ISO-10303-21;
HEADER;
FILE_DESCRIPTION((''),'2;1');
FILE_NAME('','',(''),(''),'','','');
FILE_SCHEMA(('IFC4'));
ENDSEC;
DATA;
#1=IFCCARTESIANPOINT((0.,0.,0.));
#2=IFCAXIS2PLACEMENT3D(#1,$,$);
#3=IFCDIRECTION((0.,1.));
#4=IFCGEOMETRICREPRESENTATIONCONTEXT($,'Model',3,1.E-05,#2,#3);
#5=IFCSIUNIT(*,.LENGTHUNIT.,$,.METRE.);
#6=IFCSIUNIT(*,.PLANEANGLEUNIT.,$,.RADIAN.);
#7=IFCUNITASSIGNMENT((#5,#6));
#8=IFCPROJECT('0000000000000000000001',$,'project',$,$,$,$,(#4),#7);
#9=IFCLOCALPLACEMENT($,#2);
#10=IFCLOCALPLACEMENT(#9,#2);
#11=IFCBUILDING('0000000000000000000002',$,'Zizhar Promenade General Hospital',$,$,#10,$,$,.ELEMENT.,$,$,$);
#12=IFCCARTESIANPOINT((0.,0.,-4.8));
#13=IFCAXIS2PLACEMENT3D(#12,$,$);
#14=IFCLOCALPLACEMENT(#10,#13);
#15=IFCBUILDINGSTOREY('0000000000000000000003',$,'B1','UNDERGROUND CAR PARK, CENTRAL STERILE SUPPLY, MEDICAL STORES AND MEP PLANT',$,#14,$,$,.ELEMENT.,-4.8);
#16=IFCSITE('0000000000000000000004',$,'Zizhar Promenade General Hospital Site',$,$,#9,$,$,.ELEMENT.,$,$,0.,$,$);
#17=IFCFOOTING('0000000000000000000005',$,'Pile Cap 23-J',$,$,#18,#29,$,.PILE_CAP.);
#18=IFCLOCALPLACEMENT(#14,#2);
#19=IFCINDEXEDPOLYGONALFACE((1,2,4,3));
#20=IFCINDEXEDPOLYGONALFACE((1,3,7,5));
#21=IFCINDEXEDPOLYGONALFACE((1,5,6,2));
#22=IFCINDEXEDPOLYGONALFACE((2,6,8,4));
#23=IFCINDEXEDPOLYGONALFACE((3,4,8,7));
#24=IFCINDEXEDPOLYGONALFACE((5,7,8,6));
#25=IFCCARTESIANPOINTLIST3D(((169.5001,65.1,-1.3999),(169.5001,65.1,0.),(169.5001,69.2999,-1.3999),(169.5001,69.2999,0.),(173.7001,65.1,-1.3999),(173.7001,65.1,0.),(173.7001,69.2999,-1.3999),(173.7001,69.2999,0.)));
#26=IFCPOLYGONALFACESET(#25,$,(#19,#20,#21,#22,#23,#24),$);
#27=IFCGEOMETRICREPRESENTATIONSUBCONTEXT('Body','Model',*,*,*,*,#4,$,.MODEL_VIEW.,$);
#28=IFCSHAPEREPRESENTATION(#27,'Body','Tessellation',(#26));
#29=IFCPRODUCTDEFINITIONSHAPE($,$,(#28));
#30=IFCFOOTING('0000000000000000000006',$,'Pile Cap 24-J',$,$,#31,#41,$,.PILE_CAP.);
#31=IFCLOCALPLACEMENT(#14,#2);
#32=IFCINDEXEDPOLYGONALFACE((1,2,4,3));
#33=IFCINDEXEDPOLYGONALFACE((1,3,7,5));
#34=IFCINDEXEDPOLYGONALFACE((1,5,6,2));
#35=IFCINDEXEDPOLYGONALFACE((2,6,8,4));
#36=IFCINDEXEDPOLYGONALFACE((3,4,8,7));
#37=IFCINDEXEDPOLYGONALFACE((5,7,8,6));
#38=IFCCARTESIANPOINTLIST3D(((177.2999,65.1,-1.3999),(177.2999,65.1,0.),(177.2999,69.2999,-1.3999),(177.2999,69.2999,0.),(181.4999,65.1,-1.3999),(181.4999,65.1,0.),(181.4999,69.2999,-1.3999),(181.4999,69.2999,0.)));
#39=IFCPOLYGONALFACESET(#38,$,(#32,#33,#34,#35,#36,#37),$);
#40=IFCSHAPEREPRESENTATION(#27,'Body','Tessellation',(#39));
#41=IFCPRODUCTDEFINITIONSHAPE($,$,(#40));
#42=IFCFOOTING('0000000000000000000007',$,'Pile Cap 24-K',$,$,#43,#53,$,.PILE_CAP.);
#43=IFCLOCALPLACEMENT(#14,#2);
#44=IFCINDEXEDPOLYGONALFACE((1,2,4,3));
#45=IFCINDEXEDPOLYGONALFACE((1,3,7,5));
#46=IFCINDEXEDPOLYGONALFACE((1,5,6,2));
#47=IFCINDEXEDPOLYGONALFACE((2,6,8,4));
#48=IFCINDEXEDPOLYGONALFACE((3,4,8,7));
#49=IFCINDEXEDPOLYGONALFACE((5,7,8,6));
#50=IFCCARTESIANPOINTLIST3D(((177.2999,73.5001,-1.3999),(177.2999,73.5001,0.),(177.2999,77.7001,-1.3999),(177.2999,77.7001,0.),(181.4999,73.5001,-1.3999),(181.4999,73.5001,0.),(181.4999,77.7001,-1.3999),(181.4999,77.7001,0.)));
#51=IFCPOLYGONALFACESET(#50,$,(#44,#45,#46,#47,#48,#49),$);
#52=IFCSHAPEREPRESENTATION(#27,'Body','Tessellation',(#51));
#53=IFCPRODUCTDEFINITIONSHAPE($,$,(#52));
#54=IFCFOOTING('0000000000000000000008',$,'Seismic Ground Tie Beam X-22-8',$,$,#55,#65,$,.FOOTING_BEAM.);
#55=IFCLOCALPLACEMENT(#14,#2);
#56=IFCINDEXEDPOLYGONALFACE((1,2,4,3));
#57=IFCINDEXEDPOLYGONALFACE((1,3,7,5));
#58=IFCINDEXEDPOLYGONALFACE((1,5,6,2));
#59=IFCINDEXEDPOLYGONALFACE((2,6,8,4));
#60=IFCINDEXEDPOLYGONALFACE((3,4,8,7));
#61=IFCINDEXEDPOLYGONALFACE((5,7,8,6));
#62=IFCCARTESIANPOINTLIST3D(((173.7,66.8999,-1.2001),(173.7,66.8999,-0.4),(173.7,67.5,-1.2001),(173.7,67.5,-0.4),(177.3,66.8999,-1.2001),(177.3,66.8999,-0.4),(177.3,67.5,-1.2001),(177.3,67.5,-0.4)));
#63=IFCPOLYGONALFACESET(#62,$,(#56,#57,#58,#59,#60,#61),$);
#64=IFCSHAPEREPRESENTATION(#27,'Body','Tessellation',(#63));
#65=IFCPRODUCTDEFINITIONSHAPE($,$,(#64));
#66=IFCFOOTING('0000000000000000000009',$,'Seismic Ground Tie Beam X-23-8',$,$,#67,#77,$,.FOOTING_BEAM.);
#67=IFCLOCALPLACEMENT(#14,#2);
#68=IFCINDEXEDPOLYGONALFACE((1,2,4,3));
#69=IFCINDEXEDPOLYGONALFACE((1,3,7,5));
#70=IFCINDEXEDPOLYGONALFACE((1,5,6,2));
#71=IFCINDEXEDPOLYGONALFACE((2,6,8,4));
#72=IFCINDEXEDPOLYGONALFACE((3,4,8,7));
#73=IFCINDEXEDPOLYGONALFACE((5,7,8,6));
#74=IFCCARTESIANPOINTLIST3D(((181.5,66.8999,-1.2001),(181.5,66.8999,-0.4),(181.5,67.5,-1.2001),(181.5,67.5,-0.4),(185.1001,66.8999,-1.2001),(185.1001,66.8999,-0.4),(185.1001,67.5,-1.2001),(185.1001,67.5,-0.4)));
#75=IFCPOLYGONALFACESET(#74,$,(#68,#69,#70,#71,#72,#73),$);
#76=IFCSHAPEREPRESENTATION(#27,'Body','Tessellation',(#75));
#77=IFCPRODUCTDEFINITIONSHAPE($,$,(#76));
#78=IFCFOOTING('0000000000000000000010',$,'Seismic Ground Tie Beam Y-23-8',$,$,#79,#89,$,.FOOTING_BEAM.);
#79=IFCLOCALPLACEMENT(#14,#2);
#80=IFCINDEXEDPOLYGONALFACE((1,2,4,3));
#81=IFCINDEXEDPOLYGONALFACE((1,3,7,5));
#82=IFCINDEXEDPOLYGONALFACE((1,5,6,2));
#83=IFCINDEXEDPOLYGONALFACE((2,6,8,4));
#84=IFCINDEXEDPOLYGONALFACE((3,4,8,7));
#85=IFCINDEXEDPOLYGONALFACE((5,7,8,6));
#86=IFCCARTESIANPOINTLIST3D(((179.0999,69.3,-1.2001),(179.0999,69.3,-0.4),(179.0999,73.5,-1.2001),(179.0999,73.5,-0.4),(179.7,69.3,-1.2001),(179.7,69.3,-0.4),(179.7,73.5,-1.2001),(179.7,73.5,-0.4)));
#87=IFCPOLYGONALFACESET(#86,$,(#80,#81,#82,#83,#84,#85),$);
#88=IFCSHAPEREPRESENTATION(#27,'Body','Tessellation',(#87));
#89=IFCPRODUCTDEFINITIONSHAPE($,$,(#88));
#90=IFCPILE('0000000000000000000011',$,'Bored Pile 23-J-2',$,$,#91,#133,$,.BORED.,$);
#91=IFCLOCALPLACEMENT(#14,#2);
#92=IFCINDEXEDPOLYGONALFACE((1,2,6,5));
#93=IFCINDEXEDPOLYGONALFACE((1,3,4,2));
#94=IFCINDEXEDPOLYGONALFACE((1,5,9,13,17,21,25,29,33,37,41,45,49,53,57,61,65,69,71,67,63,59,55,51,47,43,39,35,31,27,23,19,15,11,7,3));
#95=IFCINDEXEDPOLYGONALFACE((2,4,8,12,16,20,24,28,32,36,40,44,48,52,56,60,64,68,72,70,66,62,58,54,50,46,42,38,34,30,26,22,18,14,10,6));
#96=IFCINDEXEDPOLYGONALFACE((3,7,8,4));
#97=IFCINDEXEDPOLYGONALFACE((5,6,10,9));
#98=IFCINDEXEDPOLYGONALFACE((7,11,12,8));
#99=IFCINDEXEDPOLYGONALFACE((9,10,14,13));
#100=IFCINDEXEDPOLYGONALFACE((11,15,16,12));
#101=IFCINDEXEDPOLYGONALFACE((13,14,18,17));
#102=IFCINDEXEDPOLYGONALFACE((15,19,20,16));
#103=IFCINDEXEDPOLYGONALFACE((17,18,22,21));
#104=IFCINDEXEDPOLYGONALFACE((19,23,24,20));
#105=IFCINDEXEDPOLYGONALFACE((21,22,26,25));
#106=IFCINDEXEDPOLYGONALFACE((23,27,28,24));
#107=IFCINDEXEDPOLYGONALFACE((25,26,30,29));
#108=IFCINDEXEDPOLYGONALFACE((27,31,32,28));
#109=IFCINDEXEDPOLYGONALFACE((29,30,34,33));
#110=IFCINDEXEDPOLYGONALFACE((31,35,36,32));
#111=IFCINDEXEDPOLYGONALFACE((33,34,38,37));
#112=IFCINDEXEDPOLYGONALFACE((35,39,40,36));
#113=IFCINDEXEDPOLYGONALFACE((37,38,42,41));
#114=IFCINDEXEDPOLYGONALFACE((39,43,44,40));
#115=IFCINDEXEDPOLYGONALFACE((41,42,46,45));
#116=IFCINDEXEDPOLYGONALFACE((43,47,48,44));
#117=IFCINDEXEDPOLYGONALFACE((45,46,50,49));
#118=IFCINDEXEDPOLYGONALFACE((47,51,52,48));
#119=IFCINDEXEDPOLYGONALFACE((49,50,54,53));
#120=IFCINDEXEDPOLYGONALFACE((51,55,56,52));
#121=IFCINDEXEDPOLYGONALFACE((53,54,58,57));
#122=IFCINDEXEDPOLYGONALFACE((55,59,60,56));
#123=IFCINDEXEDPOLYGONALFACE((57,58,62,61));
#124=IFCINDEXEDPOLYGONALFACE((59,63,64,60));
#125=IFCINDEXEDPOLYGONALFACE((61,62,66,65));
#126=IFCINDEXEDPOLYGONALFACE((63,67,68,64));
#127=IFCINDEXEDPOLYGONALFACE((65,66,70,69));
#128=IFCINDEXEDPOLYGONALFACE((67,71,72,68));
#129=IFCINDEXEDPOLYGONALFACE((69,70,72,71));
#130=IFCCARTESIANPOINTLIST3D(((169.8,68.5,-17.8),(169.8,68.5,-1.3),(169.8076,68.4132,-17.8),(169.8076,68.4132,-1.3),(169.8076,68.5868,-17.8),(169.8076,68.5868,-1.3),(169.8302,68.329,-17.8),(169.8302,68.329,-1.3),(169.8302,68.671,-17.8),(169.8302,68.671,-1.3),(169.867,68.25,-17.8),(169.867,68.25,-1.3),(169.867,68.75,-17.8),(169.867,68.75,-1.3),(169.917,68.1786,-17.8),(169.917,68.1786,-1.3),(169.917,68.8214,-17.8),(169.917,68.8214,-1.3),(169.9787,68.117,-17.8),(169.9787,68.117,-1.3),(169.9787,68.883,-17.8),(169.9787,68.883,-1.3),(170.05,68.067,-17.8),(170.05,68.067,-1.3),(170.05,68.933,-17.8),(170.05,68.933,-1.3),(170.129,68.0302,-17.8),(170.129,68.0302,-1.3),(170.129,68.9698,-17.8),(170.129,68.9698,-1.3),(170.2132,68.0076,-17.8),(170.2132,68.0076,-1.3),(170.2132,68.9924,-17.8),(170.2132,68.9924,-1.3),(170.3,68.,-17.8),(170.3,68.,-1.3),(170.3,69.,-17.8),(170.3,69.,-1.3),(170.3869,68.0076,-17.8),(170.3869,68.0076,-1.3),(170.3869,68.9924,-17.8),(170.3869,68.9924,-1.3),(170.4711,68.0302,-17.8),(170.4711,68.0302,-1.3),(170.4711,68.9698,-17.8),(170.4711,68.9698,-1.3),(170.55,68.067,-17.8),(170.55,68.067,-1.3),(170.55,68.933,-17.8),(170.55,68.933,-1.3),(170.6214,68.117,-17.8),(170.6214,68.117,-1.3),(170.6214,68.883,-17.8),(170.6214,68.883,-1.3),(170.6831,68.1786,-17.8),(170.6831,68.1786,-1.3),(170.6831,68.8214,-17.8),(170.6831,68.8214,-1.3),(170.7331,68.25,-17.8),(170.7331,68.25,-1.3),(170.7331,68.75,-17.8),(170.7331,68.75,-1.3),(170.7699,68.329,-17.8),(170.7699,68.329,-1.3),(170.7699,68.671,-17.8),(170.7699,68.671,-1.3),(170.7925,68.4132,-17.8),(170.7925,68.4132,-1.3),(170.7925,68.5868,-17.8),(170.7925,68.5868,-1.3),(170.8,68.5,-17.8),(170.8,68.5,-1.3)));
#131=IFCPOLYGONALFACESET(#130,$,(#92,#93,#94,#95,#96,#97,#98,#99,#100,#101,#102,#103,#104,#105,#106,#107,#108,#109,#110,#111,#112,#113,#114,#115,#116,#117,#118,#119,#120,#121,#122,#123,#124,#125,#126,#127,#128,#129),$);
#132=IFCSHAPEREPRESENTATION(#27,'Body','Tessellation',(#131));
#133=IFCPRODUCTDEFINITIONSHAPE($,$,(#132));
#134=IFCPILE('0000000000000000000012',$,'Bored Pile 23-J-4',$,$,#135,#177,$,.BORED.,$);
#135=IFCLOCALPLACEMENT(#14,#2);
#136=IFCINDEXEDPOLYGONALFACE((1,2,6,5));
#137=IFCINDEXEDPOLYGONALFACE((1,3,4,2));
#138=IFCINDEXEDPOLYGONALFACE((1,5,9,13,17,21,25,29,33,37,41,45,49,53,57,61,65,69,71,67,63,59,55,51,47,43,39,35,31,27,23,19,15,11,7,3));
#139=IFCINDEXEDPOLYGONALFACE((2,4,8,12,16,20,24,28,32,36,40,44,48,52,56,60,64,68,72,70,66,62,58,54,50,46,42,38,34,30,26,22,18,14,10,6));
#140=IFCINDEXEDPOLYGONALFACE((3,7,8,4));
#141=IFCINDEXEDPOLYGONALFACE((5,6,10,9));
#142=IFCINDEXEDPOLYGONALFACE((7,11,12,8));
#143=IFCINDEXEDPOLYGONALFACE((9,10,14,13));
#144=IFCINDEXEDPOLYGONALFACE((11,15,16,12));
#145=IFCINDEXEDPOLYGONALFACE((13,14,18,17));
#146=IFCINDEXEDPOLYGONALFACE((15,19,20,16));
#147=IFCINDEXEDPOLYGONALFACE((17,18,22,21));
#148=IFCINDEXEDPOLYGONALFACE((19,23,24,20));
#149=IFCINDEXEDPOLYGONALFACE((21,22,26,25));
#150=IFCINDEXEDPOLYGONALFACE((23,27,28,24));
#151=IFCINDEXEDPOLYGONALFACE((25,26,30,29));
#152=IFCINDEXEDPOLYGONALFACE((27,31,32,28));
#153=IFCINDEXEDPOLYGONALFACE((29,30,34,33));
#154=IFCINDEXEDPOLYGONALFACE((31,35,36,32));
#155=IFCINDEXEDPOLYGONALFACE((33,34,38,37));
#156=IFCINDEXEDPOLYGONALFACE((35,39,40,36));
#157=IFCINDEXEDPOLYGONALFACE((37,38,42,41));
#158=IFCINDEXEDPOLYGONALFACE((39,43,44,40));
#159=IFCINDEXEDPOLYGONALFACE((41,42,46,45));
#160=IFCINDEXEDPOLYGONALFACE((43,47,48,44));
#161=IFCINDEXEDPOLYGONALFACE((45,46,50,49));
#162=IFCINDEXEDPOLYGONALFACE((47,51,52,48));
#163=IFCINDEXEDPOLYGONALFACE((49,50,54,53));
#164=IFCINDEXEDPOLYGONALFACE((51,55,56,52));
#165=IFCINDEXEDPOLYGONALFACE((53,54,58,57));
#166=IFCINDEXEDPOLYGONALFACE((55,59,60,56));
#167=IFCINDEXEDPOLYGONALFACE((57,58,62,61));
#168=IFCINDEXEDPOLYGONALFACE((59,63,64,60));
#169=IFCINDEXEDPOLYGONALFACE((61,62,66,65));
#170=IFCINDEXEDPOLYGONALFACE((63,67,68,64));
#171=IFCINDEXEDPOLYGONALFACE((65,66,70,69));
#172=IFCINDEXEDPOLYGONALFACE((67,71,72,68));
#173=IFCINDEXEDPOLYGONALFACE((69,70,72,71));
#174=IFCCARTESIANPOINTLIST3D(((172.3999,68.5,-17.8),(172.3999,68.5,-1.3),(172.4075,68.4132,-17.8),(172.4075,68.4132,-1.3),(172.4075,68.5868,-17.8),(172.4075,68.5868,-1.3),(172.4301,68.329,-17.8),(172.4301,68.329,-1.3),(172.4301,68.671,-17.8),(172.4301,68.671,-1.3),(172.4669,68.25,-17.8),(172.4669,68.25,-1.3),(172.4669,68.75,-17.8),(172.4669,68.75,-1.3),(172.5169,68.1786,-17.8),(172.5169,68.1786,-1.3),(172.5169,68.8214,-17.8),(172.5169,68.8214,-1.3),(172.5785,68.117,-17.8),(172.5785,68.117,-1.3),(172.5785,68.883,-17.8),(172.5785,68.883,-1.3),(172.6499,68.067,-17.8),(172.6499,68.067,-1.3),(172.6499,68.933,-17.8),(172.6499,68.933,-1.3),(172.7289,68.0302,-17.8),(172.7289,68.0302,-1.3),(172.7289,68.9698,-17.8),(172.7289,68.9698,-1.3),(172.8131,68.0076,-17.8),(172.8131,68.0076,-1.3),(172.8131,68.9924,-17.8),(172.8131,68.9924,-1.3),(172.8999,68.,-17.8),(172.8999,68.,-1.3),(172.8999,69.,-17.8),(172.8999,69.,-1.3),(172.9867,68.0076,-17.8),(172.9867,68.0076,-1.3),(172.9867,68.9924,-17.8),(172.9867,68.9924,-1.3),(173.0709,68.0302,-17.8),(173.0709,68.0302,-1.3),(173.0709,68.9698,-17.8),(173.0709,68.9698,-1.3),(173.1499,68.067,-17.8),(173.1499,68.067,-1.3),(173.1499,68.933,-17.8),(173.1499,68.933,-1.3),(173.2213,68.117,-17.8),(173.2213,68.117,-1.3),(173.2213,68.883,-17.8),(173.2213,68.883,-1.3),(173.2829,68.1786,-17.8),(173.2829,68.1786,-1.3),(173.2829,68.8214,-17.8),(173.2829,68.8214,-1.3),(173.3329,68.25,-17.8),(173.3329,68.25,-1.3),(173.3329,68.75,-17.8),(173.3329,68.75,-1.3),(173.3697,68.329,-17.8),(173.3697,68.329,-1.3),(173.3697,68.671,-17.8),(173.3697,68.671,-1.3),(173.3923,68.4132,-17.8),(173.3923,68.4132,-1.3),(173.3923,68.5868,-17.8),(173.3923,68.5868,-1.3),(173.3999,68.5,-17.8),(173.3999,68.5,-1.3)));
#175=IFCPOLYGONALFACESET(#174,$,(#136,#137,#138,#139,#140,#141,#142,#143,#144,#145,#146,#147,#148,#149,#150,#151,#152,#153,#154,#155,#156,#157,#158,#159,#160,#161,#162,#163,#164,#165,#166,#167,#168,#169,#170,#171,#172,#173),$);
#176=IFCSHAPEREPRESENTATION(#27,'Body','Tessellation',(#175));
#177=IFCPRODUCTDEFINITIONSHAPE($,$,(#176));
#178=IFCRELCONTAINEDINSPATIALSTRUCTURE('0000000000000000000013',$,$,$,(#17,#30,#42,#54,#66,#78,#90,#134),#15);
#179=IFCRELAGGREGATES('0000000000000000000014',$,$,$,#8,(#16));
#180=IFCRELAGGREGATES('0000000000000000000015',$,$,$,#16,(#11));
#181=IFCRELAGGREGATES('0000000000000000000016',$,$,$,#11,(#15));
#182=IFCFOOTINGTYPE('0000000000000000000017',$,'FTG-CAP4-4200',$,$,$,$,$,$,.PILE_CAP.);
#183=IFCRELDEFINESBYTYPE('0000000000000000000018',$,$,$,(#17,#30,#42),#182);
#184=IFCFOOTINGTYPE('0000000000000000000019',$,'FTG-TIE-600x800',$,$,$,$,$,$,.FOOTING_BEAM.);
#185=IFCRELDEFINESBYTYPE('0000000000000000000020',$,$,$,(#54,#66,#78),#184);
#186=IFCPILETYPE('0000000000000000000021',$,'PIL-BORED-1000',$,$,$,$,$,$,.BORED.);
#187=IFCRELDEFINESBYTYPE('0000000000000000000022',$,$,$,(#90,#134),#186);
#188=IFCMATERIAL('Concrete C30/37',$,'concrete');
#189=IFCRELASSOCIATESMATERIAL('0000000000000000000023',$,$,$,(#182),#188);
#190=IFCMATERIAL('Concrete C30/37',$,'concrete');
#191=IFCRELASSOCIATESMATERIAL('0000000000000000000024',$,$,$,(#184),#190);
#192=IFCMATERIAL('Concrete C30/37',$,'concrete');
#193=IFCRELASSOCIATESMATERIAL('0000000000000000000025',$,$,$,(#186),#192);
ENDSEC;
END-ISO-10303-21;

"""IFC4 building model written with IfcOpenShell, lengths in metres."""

from ifc_helpers import new_model, si_unit, direction, frame, origin, origin_2d, place, context, subcontext, project, spatial, rectangle, circle, extrude, material, material_profile, profile_set, type_object, element, save


model = new_model("IFC4")

# Units and contexts
model_context = context("Model", 3, precision=1e-05, world=origin(), true_north=direction((0.0, 1.0)))
body_context = subcontext(model_context, "Body", "Model", "MODEL_VIEW")
ifc_project = project(units=[si_unit("LENGTHUNIT", "METRE"), si_unit("PLANEANGLEUNIT", "RADIAN")], contexts=[model_context])

# Site, building, storey
site_placement = place(None, origin())
site = spatial("IfcSite", under=ifc_project, at=site_placement, Name="Zizhar Promenade General Hospital Site", CompositionType="ELEMENT", RefElevation=0.0)
building_placement = place(site_placement, origin())
building = spatial("IfcBuilding", under=site, at=building_placement, Name="Zizhar Promenade General Hospital", CompositionType="ELEMENT")
storey_placement = place(building_placement, frame((0.0, 0.0, -4.8)))
storey = spatial("IfcBuildingStorey", under=building, at=storey_placement, Name="B1", Description="UNDERGROUND CAR PARK, CENTRAL STERILE SUPPLY, MEDICAL STORES AND MEP PLANT", CompositionType="ELEMENT", Elevation=-4.8)

# Footings
ifc_material_1 = material(Name="Concrete C30/37", Category="concrete")
footing_type_1 = type_object("IfcFootingType", Name="FTG-CAP4-4200", PredefinedType="PILE_CAP", material=ifc_material_1)
for number, where, z_axis, x_axis, name in (
    (1, (171.6001, 67.2, -1.3999), (0.0, 0.0, 1.0), (1.0, 0.0, 0.0), "Pile Cap 23-J"),
    (2, (179.3999, 67.2, -1.3999), (0.0, 0.0, 1.0), (1.0, 0.0, 0.0), "Pile Cap 24-J"),
    (3, (179.3999, 75.6001, -1.3999), (0.0, 0.0, 1.0), (1.0, 0.0, 0.0), "Pile Cap 24-K"),
):
    element("IfcFooting", number, at=place(storey_placement, frame(where, z_axis=z_axis, x_axis=x_axis)), inside=storey, type_object=footing_type_1, Name=name, PredefinedType="PILE_CAP", context=body_context, shape_type="SweptSolid", body=[
        extrude(rectangle(XDim=4.2, YDim=4.2, at=origin_2d()), origin(), (0.0, 0.0, 1.0), 1.3999),
    ])
ifc_material_2 = material(Name="Concrete C30/37", Category="concrete")
ifc_material_profile_1 = material_profile(ifc_material_2, rectangle(XDim=0.6001, YDim=0.8, at=origin_2d()))
ifc_profile_set_1 = profile_set([ifc_material_profile_1], Name="Concrete C30/37")
footing_type_2 = type_object("IfcFootingType", Name="FTG-TIE-600x800", PredefinedType="FOOTING_BEAM", material=ifc_profile_set_1)
for number, where, z_axis, x_axis, name in (
    (4, (173.7, 67.2, -0.8), (1.0, 0.0, 0.0), (0.0, 1.0, 0.0), "Seismic Ground Tie Beam X-22-8"),
    (5, (181.5, 67.2, -0.8), (1.0, 0.0, 0.0), (0.0, 1.0, 0.0), "Seismic Ground Tie Beam X-23-8"),
):
    element("IfcFooting", number, at=place(storey_placement, frame(where, z_axis=z_axis, x_axis=x_axis)), inside=storey, type_object=footing_type_2, Name=name, PredefinedType="FOOTING_BEAM", context=body_context, shape_type="SweptSolid", body=[
        extrude(rectangle(XDim=0.6001, YDim=0.8, at=origin_2d()), origin(), (0.0, 0.0, 1.0), 3.6001),
    ])
footing_placement = place(storey_placement, frame((179.3999, 69.3, -0.8), z_axis=(0.0, 1.0, 0.0), x_axis=(-1.0, 0.0, 0.0)))
element("IfcFooting", 6, at=footing_placement, inside=storey, type_object=footing_type_2, Name="Seismic Ground Tie Beam Y-23-8", PredefinedType="FOOTING_BEAM", context=body_context, shape_type="SweptSolid", body=[
    extrude(rectangle(XDim=0.6001, YDim=0.8, at=origin_2d()), origin(), (0.0, 0.0, 1.0), 4.2),
])

# Piles
ifc_material_3 = material(Name="Concrete C30/37", Category="concrete")
ifc_material_profile_2 = material_profile(ifc_material_3, circle(Radius=0.5, at=origin_2d()))
ifc_profile_set_2 = profile_set([ifc_material_profile_2], Name="Concrete C30/37")
pile_type = type_object("IfcPileType", Name="PIL-BORED-1000", PredefinedType="BORED", material=ifc_profile_set_2)
for number, where, z_axis, x_axis, name in (
    (7, (170.3, 68.5, -1.3), (0.0, 0.0, -1.0), (1.0, 0.0, 0.0), "Bored Pile 23-J-2"),
    (8, (172.8999, 68.5, -1.3), (0.0, 0.0, -1.0), (1.0, 0.0, 0.0), "Bored Pile 23-J-4"),
):
    element("IfcPile", number, at=place(storey_placement, frame(where, z_axis=z_axis, x_axis=x_axis)), inside=storey, type_object=pile_type, Name=name, PredefinedType="BORED", context=body_context, shape_type="SweptSolid", body=[
        extrude(circle(Radius=0.5, at=origin_2d()), origin(), (0.0, 0.0, 1.0), 16.5),
    ])

save(model, "model.ifc")
